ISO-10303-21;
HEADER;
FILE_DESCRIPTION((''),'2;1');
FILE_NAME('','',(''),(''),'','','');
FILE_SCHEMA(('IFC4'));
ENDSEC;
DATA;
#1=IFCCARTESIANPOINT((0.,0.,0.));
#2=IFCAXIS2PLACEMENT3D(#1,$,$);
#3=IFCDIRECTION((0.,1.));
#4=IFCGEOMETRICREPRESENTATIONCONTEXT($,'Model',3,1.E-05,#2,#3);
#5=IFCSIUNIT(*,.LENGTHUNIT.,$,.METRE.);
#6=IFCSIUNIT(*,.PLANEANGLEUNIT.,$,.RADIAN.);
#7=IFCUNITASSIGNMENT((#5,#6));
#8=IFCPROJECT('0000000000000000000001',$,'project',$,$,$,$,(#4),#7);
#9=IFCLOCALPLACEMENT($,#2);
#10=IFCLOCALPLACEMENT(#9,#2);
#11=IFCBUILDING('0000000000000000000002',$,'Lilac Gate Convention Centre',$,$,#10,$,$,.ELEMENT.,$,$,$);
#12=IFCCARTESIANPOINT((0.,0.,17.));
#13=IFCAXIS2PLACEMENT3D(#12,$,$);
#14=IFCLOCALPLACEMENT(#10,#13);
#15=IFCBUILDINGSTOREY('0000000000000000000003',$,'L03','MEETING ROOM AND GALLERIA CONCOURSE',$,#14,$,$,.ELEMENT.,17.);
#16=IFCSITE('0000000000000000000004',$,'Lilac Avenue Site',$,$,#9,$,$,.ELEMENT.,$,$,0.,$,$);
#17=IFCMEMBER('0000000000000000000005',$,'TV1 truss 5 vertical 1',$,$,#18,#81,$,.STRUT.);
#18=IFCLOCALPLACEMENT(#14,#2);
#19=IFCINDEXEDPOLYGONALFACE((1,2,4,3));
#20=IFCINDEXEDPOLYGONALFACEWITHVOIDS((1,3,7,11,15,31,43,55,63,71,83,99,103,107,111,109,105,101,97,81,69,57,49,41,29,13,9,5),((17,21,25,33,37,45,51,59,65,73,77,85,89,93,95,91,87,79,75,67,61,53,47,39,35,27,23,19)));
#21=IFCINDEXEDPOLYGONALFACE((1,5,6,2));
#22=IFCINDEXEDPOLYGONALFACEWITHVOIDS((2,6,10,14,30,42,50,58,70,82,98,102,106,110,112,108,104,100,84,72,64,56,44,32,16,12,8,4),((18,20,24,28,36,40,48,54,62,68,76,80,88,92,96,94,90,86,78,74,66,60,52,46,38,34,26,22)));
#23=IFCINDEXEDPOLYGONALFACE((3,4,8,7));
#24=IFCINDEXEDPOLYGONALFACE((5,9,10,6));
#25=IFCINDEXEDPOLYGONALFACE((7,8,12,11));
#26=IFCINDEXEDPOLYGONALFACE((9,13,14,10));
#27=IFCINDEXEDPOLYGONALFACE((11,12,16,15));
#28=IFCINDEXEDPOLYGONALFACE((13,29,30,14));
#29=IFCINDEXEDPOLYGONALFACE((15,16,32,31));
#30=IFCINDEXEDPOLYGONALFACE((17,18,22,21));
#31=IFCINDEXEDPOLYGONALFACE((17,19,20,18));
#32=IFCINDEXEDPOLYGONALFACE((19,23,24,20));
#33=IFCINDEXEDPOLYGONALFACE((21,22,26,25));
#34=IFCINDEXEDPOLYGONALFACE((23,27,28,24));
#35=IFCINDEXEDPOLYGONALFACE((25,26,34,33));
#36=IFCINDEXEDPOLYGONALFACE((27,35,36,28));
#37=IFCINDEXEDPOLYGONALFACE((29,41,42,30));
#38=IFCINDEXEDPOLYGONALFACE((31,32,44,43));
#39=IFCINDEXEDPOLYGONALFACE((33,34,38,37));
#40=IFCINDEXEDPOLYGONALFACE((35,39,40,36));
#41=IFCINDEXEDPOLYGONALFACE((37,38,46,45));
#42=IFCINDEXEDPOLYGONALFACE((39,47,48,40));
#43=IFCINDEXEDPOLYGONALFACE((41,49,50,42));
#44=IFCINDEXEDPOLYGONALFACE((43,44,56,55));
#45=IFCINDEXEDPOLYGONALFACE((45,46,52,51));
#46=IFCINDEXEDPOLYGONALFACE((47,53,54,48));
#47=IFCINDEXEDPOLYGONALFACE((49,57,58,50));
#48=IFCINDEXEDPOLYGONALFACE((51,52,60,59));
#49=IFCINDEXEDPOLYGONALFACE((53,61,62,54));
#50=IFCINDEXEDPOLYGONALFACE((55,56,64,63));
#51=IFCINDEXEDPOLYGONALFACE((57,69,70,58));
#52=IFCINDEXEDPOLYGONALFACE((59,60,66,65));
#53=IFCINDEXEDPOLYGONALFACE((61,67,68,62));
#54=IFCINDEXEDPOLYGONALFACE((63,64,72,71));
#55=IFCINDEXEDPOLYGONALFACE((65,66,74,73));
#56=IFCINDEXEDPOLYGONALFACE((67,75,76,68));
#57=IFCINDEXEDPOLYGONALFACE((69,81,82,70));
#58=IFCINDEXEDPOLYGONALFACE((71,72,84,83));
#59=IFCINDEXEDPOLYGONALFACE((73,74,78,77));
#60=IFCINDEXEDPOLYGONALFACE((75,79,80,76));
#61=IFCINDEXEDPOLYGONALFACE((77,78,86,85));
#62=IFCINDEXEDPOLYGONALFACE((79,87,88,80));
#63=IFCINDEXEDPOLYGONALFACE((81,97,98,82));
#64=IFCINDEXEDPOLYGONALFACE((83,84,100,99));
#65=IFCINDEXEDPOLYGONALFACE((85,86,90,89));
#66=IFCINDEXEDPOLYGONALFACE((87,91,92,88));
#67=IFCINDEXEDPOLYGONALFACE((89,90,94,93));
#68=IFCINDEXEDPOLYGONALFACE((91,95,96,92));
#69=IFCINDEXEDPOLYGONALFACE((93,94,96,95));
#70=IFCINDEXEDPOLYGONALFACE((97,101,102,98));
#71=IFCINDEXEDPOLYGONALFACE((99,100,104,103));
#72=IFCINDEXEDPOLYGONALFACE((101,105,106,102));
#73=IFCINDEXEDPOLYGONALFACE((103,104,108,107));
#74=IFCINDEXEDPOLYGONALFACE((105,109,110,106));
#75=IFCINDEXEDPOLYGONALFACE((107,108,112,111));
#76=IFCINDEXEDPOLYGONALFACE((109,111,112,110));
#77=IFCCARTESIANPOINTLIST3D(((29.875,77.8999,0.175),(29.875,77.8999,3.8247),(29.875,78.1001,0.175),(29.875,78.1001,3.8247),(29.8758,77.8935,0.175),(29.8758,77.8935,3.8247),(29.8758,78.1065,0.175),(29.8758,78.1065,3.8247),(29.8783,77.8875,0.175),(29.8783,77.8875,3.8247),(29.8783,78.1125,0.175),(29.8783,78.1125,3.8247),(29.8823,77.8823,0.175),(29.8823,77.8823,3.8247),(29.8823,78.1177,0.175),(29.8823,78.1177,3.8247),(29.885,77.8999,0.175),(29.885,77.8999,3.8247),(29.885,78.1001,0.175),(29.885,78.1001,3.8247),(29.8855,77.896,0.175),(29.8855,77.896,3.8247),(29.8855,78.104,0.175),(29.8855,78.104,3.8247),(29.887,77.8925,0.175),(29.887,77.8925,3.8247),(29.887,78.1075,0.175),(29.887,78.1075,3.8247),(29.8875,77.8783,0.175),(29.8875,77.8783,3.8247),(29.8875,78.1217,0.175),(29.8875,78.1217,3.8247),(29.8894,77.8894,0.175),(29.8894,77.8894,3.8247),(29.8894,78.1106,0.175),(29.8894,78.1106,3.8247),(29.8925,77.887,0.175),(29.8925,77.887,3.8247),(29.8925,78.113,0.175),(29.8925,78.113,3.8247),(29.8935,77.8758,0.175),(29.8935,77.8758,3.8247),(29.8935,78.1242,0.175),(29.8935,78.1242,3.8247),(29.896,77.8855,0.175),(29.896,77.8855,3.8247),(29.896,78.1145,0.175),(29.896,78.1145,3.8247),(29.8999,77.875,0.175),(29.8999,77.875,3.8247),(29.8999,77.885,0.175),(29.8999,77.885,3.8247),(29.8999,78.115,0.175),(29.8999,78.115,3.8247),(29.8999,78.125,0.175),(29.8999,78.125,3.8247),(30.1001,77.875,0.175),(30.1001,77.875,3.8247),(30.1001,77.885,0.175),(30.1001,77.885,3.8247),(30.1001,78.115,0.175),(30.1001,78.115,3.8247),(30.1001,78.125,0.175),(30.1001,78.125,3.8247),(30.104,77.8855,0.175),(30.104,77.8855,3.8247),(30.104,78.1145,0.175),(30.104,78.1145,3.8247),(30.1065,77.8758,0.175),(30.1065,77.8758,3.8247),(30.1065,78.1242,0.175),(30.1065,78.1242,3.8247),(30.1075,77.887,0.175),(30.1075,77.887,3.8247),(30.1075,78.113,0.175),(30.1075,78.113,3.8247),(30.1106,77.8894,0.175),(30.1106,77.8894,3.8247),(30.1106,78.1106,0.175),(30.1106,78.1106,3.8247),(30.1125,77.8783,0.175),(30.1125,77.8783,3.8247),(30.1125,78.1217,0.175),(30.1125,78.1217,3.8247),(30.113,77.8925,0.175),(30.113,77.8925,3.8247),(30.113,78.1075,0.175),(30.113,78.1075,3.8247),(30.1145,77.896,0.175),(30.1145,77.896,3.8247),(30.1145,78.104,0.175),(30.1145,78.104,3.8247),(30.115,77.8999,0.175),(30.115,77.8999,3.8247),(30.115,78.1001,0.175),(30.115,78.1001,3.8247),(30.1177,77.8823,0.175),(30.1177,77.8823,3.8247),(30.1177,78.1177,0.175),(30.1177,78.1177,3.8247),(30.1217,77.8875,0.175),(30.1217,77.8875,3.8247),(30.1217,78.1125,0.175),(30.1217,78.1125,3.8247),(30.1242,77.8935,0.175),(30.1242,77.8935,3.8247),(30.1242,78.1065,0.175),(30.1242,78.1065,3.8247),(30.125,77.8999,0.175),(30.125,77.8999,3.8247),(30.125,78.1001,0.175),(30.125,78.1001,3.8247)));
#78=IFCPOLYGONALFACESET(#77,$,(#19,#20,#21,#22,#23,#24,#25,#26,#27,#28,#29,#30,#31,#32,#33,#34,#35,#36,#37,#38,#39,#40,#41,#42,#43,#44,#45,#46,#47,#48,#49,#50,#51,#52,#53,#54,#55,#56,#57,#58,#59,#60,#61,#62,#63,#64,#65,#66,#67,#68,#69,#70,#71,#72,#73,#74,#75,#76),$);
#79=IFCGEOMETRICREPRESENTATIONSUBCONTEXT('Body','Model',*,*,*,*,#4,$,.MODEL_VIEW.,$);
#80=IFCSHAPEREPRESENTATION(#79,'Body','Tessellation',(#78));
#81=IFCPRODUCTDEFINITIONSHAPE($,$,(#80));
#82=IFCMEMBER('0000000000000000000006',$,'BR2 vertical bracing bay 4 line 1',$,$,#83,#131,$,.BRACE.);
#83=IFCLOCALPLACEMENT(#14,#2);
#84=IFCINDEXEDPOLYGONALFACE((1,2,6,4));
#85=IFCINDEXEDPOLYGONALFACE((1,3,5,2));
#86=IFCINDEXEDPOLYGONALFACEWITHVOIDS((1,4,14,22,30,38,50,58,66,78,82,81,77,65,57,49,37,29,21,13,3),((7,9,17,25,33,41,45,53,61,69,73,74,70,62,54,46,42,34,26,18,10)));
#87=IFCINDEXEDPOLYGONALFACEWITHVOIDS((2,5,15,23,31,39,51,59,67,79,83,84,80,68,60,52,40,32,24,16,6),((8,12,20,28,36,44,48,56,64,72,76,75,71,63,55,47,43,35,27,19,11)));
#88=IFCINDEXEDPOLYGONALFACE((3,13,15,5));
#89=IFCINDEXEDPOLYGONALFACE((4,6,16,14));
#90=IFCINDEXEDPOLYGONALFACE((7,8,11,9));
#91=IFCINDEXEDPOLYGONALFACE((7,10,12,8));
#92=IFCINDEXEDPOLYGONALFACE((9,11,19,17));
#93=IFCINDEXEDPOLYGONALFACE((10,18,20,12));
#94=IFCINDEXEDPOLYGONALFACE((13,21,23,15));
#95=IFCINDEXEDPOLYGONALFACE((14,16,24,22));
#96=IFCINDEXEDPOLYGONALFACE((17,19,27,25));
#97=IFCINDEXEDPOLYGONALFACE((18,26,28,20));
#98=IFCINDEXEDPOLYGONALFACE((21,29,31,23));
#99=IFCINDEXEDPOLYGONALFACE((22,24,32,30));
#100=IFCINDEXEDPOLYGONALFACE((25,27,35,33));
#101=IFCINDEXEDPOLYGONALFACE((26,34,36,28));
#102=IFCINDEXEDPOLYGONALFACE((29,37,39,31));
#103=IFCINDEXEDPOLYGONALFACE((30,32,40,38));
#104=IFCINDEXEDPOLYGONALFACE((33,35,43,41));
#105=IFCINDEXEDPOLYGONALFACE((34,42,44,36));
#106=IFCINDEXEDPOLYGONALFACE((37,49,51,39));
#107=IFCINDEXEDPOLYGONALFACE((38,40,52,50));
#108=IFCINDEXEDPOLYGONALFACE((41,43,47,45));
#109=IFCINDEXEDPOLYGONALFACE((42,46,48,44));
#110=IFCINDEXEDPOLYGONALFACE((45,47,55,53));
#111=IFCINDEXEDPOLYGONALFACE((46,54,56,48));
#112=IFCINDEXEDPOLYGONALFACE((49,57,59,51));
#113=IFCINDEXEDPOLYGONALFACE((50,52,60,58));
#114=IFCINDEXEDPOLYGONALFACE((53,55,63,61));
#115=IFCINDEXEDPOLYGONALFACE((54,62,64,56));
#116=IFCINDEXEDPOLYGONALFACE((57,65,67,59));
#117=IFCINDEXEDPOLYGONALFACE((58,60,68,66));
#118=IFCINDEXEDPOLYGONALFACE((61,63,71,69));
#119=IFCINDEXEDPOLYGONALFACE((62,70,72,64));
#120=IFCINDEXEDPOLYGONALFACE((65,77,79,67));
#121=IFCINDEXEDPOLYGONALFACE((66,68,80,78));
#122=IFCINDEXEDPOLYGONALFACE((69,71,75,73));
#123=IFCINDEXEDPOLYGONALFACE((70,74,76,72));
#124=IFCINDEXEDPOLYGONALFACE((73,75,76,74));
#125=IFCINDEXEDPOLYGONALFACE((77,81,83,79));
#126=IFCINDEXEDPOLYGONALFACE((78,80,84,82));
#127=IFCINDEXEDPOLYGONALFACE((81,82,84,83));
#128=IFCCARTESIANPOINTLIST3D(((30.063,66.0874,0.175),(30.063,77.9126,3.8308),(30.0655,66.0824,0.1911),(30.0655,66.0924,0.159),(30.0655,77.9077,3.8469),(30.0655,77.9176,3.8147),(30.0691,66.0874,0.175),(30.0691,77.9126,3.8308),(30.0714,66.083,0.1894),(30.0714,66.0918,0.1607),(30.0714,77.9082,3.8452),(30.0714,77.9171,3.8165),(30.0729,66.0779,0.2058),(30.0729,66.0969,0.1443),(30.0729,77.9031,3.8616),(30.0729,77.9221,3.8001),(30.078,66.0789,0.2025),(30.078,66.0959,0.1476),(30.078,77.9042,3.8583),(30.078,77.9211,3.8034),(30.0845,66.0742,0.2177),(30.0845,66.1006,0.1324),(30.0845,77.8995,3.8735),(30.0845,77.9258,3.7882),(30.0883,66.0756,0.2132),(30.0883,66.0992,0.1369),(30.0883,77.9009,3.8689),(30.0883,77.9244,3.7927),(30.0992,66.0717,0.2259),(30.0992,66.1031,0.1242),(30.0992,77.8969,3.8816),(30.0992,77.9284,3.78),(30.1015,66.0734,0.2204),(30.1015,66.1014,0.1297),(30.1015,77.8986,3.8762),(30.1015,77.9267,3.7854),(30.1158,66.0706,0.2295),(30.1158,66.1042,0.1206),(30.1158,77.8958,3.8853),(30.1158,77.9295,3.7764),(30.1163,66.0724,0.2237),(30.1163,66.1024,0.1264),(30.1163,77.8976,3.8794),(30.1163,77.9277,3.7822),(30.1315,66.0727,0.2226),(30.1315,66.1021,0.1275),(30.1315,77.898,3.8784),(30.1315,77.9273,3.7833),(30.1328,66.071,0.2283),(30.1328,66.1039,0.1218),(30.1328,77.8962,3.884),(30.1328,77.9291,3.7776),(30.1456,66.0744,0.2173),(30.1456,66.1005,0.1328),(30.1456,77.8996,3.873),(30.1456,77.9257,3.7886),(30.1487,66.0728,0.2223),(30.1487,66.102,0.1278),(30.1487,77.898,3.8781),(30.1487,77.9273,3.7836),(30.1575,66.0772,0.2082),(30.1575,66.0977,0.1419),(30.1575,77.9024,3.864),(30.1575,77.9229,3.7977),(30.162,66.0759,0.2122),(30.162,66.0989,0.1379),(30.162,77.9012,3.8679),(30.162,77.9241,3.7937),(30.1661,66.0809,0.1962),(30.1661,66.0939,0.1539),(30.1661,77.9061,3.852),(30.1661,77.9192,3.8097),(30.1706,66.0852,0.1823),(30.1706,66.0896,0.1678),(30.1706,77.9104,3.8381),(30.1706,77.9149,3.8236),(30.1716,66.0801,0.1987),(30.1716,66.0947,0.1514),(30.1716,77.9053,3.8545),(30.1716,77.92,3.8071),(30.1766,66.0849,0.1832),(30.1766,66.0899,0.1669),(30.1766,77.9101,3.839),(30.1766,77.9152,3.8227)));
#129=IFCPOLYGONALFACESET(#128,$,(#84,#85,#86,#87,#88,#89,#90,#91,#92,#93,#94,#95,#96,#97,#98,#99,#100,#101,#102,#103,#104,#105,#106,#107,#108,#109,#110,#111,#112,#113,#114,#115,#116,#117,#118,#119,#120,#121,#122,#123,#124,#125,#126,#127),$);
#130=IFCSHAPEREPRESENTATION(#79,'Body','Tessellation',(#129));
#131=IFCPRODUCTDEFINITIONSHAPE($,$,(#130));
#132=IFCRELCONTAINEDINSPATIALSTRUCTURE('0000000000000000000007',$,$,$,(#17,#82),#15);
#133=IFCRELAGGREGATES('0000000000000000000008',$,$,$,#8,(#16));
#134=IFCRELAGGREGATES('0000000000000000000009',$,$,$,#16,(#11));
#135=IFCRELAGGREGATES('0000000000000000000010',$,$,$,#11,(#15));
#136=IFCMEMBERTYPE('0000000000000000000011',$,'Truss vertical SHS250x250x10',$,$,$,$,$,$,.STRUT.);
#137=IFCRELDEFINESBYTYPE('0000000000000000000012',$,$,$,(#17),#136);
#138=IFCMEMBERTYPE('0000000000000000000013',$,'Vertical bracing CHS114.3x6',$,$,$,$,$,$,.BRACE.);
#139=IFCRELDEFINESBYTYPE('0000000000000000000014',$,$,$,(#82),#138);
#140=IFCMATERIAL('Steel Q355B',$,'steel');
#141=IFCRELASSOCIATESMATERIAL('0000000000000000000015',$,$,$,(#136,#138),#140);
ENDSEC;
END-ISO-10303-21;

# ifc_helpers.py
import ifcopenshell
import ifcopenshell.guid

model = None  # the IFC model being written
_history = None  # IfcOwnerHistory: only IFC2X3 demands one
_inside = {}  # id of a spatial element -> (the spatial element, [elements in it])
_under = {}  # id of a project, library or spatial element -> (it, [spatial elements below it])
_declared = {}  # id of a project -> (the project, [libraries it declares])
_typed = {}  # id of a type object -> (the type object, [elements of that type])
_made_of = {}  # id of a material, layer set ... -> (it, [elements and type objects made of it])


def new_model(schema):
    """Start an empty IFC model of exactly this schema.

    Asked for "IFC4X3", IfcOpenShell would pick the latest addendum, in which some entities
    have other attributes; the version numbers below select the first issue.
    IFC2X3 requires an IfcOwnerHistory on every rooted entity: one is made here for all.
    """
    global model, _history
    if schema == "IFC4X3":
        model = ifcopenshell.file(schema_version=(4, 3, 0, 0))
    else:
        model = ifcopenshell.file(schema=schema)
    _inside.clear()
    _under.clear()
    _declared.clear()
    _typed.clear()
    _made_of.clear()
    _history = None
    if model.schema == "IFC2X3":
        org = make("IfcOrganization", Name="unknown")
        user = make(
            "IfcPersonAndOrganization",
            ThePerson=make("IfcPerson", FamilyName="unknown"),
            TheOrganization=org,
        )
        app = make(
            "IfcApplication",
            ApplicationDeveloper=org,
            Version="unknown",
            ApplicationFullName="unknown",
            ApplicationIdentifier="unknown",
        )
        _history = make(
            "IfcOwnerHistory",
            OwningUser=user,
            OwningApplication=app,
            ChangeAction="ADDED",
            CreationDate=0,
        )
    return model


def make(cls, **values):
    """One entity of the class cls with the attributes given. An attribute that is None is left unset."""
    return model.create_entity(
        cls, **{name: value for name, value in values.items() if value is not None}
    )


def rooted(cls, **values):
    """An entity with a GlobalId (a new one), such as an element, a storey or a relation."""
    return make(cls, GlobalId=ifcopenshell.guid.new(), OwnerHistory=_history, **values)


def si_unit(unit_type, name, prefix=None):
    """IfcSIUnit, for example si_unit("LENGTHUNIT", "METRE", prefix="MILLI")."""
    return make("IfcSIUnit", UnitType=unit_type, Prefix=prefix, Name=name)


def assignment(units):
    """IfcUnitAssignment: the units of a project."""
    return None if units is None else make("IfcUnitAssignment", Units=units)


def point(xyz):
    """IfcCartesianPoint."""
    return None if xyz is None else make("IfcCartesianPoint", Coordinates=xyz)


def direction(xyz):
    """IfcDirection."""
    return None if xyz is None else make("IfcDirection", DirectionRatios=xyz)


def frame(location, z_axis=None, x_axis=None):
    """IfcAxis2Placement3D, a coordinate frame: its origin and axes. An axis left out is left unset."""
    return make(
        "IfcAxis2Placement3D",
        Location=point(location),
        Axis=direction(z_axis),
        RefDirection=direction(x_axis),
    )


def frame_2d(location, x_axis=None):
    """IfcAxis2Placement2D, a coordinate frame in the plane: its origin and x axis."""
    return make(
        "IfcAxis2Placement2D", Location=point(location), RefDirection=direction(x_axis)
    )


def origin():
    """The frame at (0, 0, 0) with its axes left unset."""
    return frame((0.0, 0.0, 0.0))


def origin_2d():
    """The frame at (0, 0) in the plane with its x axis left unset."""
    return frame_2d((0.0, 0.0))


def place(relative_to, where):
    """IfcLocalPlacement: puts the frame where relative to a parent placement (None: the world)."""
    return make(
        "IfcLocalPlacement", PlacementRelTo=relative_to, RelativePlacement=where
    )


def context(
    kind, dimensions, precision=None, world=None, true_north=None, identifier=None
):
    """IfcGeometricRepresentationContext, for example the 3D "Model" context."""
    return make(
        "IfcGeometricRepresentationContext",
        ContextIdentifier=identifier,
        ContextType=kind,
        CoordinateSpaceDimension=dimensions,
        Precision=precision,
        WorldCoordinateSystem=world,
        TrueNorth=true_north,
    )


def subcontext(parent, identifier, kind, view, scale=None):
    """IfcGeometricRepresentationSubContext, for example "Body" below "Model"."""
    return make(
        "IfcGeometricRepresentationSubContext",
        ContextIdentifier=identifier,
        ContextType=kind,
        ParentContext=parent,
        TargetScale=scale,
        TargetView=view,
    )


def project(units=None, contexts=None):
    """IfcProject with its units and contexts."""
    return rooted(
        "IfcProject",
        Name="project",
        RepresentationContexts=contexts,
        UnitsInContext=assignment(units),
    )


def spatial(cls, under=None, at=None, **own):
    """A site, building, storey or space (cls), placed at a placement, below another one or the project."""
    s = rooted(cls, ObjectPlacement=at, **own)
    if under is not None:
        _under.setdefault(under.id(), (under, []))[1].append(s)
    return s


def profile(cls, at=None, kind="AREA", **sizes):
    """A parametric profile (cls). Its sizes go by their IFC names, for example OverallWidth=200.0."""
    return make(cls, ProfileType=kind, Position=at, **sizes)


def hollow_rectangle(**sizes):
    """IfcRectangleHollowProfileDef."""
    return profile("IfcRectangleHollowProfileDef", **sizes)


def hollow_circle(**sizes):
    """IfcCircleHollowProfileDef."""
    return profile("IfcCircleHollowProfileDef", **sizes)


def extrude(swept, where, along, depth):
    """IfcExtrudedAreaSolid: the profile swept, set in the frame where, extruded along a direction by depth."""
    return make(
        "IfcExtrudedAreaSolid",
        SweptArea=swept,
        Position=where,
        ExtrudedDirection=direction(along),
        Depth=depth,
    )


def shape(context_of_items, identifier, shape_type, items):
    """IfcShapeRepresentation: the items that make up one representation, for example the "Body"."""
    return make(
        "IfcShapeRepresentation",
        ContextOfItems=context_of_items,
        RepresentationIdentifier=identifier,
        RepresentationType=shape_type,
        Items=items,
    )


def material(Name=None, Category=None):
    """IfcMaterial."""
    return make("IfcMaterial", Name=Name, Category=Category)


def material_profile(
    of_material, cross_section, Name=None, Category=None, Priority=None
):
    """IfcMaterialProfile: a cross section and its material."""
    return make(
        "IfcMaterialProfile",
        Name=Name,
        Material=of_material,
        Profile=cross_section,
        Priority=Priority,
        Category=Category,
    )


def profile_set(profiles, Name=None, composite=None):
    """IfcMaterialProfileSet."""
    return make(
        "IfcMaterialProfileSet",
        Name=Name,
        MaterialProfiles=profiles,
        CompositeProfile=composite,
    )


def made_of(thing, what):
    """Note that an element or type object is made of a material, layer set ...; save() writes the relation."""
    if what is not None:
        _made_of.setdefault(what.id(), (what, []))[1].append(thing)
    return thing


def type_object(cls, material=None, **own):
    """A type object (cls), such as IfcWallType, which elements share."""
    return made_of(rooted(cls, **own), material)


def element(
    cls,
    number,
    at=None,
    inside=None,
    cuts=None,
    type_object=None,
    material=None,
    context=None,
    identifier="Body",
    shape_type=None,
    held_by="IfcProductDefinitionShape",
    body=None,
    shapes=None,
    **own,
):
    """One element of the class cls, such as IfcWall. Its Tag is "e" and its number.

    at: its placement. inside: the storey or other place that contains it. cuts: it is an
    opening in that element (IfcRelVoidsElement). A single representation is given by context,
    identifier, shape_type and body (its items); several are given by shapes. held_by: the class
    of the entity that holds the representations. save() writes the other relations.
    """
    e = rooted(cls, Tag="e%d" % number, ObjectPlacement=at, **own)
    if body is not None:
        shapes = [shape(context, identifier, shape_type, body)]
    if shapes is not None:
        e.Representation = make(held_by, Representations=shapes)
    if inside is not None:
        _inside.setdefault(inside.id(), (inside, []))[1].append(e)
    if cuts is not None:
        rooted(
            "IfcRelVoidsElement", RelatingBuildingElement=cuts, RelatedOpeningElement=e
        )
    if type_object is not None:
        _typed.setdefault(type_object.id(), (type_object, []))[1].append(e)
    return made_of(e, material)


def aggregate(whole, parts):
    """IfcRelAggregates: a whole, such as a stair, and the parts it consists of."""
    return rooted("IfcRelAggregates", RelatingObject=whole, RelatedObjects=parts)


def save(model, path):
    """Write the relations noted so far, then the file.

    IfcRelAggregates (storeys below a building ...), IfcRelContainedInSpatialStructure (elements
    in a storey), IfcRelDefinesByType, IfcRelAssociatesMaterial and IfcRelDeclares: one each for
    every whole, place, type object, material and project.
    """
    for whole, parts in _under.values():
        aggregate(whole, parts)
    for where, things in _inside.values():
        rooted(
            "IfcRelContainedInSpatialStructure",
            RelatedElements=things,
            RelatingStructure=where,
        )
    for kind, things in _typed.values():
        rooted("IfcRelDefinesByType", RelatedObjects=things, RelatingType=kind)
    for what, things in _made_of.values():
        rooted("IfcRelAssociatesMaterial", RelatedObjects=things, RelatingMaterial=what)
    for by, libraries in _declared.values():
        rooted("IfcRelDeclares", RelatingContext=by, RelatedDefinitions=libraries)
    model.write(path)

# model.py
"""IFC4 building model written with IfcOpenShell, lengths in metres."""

from ifc_helpers import new_model, si_unit, direction, frame, origin, origin_2d, place, context, subcontext, project, spatial, hollow_rectangle, hollow_circle, extrude, material, material_profile, profile_set, type_object, element, save


model = new_model("IFC4")

# Units and contexts
model_context = context("Model", 3, precision=1e-05, world=origin(), true_north=direction((0.0, 1.0)))
body_context = subcontext(model_context, "Body", "Model", "MODEL_VIEW")
ifc_project = project(units=[si_unit("LENGTHUNIT", "METRE"), si_unit("PLANEANGLEUNIT", "RADIAN")], contexts=[model_context])

# Site, building, storey
site_placement = place(None, origin())
site = spatial("IfcSite", under=ifc_project, at=site_placement, Name="Lilac Avenue Site", CompositionType="ELEMENT", RefElevation=0.0)
building_placement = place(site_placement, origin())
building = spatial("IfcBuilding", under=site, at=building_placement, Name="Lilac Gate Convention Centre", CompositionType="ELEMENT")
storey_placement = place(building_placement, frame((0.0, 0.0, 17.0)))
storey = spatial("IfcBuildingStorey", under=building, at=storey_placement, Name="L03", Description="MEETING ROOM AND GALLERIA CONCOURSE", CompositionType="ELEMENT", Elevation=17.0)

# Shared definitions
ifc_material_1 = material(Name="Steel Q355B", Category="steel")

# Members
ifc_material_profile_1 = material_profile(ifc_material_1, hollow_rectangle(XDim=0.25, YDim=0.25, WallThickness=0.01, InnerFilletRadius=0.0149, OuterFilletRadius=0.0249, at=origin_2d()), Name="SHS250x250x10")
ifc_profile_set_1 = profile_set([ifc_material_profile_1], Name="Steel Q355B")
member_type_1 = type_object("IfcMemberType", Name="Truss vertical SHS250x250x10", PredefinedType="STRUT", material=ifc_profile_set_1)
for number, where, z_axis, x_axis, name in (
    (1, (30.0, 78.0, 0.175), (0.0, 0.0, 1.0), (1.0, 0.0, 0.0), "TV1 truss 5 vertical 1"),
):
    element("IfcMember", number, at=place(storey_placement, frame(where, z_axis=z_axis, x_axis=x_axis)), inside=storey, type_object=member_type_1, Name=name, PredefinedType="STRUT", context=body_context, shape_type="SweptSolid", body=[
        extrude(hollow_rectangle(XDim=0.25, YDim=0.25, WallThickness=0.01, InnerFilletRadius=0.0149, OuterFilletRadius=0.0249, at=origin_2d()), origin(), (0.0, 0.0, 1.0), 3.6497),
    ])
ifc_material_profile_2 = material_profile(ifc_material_1, hollow_circle(Radius=0.0571, WallThickness=0.0061, at=origin_2d()), Name="CHS114.3x6")
ifc_profile_set_2 = profile_set([ifc_material_profile_2], Name="Steel Q355B")
member_type_2 = type_object("IfcMemberType", Name="Vertical bracing CHS114.3x6", PredefinedType="BRACE", material=ifc_profile_set_2)
member_1_placement = place(storey_placement, frame((30.1201, 66.0874, 0.175), z_axis=(0.0, 0.955387, 0.295358), x_axis=(-1.0, 0.0, 0.0)))
element("IfcMember", 2, at=member_1_placement, inside=storey, type_object=member_type_2, Name="BR2 vertical bracing bay 4 line 1", PredefinedType="BRACE", context=body_context, shape_type="SweptSolid", body=[
    extrude(hollow_circle(Radius=0.0571, WallThickness=0.0061, at=origin_2d()), origin(), (0.0, 0.0, 1.0), 12.3774),
])

save(model, "model.ifc")
